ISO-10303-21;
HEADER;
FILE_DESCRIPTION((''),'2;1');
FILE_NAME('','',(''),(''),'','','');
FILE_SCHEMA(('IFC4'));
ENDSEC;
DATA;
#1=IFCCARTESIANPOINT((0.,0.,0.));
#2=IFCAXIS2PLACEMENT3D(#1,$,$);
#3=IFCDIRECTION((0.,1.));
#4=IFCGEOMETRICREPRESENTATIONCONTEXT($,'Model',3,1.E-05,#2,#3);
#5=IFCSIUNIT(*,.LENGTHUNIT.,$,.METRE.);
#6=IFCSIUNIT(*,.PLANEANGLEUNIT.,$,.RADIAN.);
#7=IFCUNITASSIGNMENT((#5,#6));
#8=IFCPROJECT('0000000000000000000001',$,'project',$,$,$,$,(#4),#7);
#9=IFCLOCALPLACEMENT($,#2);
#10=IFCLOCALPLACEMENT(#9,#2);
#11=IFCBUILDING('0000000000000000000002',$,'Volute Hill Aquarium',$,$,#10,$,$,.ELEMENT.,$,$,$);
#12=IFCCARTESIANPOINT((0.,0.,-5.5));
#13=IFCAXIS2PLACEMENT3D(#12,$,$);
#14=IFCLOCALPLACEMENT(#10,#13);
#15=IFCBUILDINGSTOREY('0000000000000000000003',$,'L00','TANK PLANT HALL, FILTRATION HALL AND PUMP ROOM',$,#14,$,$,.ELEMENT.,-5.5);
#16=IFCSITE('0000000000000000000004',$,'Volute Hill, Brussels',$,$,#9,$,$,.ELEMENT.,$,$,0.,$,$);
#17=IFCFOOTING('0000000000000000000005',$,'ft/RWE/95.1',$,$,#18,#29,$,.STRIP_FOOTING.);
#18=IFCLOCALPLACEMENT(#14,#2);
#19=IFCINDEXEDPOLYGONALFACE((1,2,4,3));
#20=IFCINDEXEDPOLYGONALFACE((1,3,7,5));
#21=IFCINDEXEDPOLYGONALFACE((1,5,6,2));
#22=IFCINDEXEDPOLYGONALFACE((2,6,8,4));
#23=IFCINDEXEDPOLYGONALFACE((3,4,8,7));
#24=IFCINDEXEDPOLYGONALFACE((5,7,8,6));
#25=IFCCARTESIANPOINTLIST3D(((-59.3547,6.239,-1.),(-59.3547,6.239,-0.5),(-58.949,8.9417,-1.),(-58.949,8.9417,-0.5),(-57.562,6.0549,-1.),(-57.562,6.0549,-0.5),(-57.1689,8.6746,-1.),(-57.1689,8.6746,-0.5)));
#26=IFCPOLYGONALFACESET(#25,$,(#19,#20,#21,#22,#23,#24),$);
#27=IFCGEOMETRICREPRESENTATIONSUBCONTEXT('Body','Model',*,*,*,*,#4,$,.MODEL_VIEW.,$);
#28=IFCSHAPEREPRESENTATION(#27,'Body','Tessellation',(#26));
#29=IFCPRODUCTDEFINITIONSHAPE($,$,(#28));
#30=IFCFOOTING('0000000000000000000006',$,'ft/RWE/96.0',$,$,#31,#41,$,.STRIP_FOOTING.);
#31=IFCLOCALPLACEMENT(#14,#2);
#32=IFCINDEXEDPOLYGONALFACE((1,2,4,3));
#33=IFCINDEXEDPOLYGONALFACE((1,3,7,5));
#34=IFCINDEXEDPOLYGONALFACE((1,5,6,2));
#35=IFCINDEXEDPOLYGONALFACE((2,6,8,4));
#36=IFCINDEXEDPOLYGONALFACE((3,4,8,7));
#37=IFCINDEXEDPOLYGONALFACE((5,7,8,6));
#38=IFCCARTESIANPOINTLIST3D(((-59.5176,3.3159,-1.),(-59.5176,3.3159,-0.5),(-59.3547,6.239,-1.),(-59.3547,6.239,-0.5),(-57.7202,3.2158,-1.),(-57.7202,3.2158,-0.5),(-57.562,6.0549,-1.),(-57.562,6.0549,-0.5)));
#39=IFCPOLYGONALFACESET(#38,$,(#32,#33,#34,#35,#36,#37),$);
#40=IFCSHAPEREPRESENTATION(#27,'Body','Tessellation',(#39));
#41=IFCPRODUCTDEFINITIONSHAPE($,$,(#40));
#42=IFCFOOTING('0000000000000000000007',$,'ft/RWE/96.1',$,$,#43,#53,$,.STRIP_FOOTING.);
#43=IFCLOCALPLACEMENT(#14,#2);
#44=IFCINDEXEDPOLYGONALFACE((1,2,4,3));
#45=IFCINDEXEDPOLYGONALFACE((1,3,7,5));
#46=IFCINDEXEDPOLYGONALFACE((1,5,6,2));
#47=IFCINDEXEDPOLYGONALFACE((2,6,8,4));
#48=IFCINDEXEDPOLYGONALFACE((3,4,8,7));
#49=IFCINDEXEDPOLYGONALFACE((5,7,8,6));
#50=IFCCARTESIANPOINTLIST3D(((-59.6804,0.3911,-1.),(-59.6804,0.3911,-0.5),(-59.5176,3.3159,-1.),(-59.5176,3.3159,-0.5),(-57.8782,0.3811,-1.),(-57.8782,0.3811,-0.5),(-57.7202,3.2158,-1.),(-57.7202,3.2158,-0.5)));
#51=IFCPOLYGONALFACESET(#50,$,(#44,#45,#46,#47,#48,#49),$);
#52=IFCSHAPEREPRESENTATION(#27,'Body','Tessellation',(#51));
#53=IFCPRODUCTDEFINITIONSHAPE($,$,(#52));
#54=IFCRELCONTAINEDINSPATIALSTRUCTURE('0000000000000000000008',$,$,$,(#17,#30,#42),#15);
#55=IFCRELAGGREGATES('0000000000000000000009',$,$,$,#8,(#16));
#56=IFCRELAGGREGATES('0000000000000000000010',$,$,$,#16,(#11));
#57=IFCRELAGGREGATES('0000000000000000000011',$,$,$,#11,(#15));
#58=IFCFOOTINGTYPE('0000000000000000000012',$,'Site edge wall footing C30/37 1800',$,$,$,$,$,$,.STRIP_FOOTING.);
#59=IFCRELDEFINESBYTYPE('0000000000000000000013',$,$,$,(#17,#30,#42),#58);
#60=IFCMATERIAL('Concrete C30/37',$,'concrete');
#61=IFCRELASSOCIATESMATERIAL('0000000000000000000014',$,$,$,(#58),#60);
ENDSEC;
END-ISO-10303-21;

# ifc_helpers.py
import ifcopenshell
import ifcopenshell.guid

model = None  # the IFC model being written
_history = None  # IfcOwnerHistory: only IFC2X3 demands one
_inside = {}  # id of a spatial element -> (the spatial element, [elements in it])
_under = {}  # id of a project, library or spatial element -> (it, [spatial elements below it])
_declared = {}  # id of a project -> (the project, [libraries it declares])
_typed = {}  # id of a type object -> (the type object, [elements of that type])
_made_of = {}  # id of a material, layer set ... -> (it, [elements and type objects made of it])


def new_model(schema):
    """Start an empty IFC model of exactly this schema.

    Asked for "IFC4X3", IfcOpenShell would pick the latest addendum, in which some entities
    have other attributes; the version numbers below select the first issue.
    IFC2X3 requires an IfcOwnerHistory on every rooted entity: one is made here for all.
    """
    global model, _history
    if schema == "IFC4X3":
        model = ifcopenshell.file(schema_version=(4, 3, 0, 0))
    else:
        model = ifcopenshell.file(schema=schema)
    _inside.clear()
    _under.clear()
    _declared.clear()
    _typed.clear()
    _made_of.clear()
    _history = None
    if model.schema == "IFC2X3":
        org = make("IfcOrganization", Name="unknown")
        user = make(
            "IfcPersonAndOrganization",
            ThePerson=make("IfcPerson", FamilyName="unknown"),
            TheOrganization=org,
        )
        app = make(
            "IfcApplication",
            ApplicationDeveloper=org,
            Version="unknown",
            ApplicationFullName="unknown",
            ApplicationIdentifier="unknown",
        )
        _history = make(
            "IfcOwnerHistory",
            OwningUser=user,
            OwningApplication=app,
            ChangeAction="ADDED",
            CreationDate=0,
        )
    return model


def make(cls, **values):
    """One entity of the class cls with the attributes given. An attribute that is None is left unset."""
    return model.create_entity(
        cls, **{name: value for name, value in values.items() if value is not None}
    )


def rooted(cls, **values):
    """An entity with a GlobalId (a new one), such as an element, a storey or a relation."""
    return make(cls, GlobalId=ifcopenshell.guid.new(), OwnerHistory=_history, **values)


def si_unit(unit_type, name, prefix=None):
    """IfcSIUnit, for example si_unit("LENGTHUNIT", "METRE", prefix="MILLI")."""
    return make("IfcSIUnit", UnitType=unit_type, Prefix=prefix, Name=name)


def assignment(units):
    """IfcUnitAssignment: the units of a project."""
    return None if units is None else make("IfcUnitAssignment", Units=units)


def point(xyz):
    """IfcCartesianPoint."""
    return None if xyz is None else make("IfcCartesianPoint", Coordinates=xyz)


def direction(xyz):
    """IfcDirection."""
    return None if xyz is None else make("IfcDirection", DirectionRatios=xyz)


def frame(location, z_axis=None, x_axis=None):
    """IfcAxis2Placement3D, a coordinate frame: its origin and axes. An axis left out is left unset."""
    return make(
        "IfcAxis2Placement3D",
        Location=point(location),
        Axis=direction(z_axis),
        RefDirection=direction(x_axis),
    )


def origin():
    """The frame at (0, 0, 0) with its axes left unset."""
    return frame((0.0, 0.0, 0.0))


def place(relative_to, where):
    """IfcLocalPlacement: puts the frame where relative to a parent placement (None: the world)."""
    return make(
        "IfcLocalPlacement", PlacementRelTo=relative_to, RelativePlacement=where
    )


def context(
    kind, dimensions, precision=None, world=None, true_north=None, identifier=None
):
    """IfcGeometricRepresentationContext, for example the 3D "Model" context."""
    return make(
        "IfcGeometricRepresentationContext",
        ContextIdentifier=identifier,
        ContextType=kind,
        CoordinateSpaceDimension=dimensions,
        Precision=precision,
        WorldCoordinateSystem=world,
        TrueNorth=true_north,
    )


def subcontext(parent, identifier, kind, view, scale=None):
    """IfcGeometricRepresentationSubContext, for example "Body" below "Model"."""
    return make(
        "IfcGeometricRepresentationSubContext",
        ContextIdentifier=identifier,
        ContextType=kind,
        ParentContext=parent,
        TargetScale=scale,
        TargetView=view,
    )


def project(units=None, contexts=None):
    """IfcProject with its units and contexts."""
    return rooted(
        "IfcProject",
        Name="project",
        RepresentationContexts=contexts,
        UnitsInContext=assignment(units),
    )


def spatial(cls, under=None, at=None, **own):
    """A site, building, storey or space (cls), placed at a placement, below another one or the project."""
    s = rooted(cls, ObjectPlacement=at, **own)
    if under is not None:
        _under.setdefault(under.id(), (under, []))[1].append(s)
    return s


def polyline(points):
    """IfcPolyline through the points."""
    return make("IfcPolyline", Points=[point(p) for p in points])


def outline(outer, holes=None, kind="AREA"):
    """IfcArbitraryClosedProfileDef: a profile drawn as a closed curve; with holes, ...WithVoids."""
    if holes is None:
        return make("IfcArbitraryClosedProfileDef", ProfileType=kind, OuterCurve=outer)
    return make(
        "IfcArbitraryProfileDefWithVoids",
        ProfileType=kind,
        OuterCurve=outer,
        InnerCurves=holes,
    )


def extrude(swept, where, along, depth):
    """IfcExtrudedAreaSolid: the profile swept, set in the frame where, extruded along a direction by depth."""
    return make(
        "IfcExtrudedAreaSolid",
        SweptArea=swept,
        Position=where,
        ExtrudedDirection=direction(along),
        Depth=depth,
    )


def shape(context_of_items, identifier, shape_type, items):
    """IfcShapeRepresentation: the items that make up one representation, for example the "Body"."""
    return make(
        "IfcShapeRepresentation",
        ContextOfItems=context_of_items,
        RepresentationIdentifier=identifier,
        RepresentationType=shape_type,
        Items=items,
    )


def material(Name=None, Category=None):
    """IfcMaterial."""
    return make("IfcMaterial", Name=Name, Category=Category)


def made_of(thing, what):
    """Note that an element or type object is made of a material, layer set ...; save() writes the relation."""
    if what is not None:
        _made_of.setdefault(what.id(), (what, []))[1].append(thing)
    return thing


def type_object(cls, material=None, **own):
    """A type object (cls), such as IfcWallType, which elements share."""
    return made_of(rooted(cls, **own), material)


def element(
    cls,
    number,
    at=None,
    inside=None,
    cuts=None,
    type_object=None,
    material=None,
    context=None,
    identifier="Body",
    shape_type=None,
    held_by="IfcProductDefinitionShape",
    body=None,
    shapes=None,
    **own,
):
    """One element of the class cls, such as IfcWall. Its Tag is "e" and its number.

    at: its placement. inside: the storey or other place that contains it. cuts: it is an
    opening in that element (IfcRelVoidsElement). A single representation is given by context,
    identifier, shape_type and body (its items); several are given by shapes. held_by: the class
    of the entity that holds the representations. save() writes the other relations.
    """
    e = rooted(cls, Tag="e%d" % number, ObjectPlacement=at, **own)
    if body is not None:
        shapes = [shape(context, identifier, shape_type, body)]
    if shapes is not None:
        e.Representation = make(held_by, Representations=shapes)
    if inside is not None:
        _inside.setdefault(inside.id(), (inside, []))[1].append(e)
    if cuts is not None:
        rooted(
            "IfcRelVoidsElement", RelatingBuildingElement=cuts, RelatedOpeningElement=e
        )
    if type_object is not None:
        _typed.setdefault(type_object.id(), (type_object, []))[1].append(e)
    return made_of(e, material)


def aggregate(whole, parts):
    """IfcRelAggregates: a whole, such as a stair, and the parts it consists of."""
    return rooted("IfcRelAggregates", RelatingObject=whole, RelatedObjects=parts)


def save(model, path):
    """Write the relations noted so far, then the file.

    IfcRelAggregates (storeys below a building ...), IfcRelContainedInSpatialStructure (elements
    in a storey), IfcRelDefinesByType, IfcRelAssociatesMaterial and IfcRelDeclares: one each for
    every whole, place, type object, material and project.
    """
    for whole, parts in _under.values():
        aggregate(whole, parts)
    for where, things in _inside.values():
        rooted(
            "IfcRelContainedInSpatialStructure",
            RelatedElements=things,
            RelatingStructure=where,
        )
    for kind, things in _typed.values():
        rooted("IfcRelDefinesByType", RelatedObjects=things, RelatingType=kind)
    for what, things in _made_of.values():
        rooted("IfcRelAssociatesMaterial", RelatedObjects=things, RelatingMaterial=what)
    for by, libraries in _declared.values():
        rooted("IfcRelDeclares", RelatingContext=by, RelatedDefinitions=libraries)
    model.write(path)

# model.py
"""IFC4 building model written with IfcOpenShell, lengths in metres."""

from ifc_helpers import new_model, si_unit, direction, frame, origin, place, context, subcontext, project, spatial, polyline, outline, extrude, material, type_object, element, save


model = new_model("IFC4")

# Units and contexts
model_context = context("Model", 3, precision=1e-05, world=origin(), true_north=direction((0.0, 1.0)))
body_context = subcontext(model_context, "Body", "Model", "MODEL_VIEW")
ifc_project = project(units=[si_unit("LENGTHUNIT", "METRE"), si_unit("PLANEANGLEUNIT", "RADIAN")], contexts=[model_context])

# Site, building, storey
site_placement = place(None, origin())
site = spatial("IfcSite", under=ifc_project, at=site_placement, Name="Volute Hill, Brussels", CompositionType="ELEMENT", RefElevation=0.0)
building_placement = place(site_placement, origin())
building = spatial("IfcBuilding", under=site, at=building_placement, Name="Volute Hill Aquarium", CompositionType="ELEMENT")
storey_placement = place(building_placement, frame((0.0, 0.0, -5.5)))
storey = spatial("IfcBuildingStorey", under=building, at=storey_placement, Name="L00", Description="TANK PLANT HALL, FILTRATION HALL AND PUMP ROOM", CompositionType="ELEMENT", Elevation=-5.5)

# Footings
ifc_material = material(Name="Concrete C30/37", Category="concrete")
footing_type = type_object("IfcFootingType", Name="Site edge wall footing C30/37 1800", PredefinedType="STRIP_FOOTING", material=ifc_material)
footing_1_placement = place(storey_placement, frame((0.0, 0.0, -1.0)))
element("IfcFooting", 1, at=footing_1_placement, inside=storey, type_object=footing_type, Name="ft/RWE/95.1", PredefinedType="STRIP_FOOTING", context=body_context, shape_type="SweptSolid", body=[
    extrude(outline(polyline([(-58.949, 8.9417), (-59.3547, 6.239), (-57.562, 6.0549), (-57.562, 6.0549), (-57.1689, 8.6746), (-58.949, 8.9417)])), origin(), (0.0, 0.0, 1.0), 0.5),
])
footing_2_placement = place(storey_placement, frame((0.0, 0.0, -1.0)))
element("IfcFooting", 2, at=footing_2_placement, inside=storey, type_object=footing_type, Name="ft/RWE/96.0", PredefinedType="STRIP_FOOTING", context=body_context, shape_type="SweptSolid", body=[
    extrude(outline(polyline([(-59.3547, 6.239), (-59.5176, 3.3159), (-57.7202, 3.2158), (-57.562, 6.0549), (-59.3547, 6.239), (-59.3547, 6.239)])), origin(), (0.0, 0.0, 1.0), 0.5),
])
footing_3_placement = place(storey_placement, frame((0.0, 0.0, -1.0)))
element("IfcFooting", 3, at=footing_3_placement, inside=storey, type_object=footing_type, Name="ft/RWE/96.1", PredefinedType="STRIP_FOOTING", context=body_context, shape_type="SweptSolid", body=[
    extrude(outline(polyline([(-59.5176, 3.3159), (-59.6804, 0.3911), (-57.8782, 0.3811), (-57.8782, 0.3811), (-57.7202, 3.2158), (-59.5176, 3.3159)])), origin(), (0.0, 0.0, 1.0), 0.5),
])

save(model, "model.ifc")
